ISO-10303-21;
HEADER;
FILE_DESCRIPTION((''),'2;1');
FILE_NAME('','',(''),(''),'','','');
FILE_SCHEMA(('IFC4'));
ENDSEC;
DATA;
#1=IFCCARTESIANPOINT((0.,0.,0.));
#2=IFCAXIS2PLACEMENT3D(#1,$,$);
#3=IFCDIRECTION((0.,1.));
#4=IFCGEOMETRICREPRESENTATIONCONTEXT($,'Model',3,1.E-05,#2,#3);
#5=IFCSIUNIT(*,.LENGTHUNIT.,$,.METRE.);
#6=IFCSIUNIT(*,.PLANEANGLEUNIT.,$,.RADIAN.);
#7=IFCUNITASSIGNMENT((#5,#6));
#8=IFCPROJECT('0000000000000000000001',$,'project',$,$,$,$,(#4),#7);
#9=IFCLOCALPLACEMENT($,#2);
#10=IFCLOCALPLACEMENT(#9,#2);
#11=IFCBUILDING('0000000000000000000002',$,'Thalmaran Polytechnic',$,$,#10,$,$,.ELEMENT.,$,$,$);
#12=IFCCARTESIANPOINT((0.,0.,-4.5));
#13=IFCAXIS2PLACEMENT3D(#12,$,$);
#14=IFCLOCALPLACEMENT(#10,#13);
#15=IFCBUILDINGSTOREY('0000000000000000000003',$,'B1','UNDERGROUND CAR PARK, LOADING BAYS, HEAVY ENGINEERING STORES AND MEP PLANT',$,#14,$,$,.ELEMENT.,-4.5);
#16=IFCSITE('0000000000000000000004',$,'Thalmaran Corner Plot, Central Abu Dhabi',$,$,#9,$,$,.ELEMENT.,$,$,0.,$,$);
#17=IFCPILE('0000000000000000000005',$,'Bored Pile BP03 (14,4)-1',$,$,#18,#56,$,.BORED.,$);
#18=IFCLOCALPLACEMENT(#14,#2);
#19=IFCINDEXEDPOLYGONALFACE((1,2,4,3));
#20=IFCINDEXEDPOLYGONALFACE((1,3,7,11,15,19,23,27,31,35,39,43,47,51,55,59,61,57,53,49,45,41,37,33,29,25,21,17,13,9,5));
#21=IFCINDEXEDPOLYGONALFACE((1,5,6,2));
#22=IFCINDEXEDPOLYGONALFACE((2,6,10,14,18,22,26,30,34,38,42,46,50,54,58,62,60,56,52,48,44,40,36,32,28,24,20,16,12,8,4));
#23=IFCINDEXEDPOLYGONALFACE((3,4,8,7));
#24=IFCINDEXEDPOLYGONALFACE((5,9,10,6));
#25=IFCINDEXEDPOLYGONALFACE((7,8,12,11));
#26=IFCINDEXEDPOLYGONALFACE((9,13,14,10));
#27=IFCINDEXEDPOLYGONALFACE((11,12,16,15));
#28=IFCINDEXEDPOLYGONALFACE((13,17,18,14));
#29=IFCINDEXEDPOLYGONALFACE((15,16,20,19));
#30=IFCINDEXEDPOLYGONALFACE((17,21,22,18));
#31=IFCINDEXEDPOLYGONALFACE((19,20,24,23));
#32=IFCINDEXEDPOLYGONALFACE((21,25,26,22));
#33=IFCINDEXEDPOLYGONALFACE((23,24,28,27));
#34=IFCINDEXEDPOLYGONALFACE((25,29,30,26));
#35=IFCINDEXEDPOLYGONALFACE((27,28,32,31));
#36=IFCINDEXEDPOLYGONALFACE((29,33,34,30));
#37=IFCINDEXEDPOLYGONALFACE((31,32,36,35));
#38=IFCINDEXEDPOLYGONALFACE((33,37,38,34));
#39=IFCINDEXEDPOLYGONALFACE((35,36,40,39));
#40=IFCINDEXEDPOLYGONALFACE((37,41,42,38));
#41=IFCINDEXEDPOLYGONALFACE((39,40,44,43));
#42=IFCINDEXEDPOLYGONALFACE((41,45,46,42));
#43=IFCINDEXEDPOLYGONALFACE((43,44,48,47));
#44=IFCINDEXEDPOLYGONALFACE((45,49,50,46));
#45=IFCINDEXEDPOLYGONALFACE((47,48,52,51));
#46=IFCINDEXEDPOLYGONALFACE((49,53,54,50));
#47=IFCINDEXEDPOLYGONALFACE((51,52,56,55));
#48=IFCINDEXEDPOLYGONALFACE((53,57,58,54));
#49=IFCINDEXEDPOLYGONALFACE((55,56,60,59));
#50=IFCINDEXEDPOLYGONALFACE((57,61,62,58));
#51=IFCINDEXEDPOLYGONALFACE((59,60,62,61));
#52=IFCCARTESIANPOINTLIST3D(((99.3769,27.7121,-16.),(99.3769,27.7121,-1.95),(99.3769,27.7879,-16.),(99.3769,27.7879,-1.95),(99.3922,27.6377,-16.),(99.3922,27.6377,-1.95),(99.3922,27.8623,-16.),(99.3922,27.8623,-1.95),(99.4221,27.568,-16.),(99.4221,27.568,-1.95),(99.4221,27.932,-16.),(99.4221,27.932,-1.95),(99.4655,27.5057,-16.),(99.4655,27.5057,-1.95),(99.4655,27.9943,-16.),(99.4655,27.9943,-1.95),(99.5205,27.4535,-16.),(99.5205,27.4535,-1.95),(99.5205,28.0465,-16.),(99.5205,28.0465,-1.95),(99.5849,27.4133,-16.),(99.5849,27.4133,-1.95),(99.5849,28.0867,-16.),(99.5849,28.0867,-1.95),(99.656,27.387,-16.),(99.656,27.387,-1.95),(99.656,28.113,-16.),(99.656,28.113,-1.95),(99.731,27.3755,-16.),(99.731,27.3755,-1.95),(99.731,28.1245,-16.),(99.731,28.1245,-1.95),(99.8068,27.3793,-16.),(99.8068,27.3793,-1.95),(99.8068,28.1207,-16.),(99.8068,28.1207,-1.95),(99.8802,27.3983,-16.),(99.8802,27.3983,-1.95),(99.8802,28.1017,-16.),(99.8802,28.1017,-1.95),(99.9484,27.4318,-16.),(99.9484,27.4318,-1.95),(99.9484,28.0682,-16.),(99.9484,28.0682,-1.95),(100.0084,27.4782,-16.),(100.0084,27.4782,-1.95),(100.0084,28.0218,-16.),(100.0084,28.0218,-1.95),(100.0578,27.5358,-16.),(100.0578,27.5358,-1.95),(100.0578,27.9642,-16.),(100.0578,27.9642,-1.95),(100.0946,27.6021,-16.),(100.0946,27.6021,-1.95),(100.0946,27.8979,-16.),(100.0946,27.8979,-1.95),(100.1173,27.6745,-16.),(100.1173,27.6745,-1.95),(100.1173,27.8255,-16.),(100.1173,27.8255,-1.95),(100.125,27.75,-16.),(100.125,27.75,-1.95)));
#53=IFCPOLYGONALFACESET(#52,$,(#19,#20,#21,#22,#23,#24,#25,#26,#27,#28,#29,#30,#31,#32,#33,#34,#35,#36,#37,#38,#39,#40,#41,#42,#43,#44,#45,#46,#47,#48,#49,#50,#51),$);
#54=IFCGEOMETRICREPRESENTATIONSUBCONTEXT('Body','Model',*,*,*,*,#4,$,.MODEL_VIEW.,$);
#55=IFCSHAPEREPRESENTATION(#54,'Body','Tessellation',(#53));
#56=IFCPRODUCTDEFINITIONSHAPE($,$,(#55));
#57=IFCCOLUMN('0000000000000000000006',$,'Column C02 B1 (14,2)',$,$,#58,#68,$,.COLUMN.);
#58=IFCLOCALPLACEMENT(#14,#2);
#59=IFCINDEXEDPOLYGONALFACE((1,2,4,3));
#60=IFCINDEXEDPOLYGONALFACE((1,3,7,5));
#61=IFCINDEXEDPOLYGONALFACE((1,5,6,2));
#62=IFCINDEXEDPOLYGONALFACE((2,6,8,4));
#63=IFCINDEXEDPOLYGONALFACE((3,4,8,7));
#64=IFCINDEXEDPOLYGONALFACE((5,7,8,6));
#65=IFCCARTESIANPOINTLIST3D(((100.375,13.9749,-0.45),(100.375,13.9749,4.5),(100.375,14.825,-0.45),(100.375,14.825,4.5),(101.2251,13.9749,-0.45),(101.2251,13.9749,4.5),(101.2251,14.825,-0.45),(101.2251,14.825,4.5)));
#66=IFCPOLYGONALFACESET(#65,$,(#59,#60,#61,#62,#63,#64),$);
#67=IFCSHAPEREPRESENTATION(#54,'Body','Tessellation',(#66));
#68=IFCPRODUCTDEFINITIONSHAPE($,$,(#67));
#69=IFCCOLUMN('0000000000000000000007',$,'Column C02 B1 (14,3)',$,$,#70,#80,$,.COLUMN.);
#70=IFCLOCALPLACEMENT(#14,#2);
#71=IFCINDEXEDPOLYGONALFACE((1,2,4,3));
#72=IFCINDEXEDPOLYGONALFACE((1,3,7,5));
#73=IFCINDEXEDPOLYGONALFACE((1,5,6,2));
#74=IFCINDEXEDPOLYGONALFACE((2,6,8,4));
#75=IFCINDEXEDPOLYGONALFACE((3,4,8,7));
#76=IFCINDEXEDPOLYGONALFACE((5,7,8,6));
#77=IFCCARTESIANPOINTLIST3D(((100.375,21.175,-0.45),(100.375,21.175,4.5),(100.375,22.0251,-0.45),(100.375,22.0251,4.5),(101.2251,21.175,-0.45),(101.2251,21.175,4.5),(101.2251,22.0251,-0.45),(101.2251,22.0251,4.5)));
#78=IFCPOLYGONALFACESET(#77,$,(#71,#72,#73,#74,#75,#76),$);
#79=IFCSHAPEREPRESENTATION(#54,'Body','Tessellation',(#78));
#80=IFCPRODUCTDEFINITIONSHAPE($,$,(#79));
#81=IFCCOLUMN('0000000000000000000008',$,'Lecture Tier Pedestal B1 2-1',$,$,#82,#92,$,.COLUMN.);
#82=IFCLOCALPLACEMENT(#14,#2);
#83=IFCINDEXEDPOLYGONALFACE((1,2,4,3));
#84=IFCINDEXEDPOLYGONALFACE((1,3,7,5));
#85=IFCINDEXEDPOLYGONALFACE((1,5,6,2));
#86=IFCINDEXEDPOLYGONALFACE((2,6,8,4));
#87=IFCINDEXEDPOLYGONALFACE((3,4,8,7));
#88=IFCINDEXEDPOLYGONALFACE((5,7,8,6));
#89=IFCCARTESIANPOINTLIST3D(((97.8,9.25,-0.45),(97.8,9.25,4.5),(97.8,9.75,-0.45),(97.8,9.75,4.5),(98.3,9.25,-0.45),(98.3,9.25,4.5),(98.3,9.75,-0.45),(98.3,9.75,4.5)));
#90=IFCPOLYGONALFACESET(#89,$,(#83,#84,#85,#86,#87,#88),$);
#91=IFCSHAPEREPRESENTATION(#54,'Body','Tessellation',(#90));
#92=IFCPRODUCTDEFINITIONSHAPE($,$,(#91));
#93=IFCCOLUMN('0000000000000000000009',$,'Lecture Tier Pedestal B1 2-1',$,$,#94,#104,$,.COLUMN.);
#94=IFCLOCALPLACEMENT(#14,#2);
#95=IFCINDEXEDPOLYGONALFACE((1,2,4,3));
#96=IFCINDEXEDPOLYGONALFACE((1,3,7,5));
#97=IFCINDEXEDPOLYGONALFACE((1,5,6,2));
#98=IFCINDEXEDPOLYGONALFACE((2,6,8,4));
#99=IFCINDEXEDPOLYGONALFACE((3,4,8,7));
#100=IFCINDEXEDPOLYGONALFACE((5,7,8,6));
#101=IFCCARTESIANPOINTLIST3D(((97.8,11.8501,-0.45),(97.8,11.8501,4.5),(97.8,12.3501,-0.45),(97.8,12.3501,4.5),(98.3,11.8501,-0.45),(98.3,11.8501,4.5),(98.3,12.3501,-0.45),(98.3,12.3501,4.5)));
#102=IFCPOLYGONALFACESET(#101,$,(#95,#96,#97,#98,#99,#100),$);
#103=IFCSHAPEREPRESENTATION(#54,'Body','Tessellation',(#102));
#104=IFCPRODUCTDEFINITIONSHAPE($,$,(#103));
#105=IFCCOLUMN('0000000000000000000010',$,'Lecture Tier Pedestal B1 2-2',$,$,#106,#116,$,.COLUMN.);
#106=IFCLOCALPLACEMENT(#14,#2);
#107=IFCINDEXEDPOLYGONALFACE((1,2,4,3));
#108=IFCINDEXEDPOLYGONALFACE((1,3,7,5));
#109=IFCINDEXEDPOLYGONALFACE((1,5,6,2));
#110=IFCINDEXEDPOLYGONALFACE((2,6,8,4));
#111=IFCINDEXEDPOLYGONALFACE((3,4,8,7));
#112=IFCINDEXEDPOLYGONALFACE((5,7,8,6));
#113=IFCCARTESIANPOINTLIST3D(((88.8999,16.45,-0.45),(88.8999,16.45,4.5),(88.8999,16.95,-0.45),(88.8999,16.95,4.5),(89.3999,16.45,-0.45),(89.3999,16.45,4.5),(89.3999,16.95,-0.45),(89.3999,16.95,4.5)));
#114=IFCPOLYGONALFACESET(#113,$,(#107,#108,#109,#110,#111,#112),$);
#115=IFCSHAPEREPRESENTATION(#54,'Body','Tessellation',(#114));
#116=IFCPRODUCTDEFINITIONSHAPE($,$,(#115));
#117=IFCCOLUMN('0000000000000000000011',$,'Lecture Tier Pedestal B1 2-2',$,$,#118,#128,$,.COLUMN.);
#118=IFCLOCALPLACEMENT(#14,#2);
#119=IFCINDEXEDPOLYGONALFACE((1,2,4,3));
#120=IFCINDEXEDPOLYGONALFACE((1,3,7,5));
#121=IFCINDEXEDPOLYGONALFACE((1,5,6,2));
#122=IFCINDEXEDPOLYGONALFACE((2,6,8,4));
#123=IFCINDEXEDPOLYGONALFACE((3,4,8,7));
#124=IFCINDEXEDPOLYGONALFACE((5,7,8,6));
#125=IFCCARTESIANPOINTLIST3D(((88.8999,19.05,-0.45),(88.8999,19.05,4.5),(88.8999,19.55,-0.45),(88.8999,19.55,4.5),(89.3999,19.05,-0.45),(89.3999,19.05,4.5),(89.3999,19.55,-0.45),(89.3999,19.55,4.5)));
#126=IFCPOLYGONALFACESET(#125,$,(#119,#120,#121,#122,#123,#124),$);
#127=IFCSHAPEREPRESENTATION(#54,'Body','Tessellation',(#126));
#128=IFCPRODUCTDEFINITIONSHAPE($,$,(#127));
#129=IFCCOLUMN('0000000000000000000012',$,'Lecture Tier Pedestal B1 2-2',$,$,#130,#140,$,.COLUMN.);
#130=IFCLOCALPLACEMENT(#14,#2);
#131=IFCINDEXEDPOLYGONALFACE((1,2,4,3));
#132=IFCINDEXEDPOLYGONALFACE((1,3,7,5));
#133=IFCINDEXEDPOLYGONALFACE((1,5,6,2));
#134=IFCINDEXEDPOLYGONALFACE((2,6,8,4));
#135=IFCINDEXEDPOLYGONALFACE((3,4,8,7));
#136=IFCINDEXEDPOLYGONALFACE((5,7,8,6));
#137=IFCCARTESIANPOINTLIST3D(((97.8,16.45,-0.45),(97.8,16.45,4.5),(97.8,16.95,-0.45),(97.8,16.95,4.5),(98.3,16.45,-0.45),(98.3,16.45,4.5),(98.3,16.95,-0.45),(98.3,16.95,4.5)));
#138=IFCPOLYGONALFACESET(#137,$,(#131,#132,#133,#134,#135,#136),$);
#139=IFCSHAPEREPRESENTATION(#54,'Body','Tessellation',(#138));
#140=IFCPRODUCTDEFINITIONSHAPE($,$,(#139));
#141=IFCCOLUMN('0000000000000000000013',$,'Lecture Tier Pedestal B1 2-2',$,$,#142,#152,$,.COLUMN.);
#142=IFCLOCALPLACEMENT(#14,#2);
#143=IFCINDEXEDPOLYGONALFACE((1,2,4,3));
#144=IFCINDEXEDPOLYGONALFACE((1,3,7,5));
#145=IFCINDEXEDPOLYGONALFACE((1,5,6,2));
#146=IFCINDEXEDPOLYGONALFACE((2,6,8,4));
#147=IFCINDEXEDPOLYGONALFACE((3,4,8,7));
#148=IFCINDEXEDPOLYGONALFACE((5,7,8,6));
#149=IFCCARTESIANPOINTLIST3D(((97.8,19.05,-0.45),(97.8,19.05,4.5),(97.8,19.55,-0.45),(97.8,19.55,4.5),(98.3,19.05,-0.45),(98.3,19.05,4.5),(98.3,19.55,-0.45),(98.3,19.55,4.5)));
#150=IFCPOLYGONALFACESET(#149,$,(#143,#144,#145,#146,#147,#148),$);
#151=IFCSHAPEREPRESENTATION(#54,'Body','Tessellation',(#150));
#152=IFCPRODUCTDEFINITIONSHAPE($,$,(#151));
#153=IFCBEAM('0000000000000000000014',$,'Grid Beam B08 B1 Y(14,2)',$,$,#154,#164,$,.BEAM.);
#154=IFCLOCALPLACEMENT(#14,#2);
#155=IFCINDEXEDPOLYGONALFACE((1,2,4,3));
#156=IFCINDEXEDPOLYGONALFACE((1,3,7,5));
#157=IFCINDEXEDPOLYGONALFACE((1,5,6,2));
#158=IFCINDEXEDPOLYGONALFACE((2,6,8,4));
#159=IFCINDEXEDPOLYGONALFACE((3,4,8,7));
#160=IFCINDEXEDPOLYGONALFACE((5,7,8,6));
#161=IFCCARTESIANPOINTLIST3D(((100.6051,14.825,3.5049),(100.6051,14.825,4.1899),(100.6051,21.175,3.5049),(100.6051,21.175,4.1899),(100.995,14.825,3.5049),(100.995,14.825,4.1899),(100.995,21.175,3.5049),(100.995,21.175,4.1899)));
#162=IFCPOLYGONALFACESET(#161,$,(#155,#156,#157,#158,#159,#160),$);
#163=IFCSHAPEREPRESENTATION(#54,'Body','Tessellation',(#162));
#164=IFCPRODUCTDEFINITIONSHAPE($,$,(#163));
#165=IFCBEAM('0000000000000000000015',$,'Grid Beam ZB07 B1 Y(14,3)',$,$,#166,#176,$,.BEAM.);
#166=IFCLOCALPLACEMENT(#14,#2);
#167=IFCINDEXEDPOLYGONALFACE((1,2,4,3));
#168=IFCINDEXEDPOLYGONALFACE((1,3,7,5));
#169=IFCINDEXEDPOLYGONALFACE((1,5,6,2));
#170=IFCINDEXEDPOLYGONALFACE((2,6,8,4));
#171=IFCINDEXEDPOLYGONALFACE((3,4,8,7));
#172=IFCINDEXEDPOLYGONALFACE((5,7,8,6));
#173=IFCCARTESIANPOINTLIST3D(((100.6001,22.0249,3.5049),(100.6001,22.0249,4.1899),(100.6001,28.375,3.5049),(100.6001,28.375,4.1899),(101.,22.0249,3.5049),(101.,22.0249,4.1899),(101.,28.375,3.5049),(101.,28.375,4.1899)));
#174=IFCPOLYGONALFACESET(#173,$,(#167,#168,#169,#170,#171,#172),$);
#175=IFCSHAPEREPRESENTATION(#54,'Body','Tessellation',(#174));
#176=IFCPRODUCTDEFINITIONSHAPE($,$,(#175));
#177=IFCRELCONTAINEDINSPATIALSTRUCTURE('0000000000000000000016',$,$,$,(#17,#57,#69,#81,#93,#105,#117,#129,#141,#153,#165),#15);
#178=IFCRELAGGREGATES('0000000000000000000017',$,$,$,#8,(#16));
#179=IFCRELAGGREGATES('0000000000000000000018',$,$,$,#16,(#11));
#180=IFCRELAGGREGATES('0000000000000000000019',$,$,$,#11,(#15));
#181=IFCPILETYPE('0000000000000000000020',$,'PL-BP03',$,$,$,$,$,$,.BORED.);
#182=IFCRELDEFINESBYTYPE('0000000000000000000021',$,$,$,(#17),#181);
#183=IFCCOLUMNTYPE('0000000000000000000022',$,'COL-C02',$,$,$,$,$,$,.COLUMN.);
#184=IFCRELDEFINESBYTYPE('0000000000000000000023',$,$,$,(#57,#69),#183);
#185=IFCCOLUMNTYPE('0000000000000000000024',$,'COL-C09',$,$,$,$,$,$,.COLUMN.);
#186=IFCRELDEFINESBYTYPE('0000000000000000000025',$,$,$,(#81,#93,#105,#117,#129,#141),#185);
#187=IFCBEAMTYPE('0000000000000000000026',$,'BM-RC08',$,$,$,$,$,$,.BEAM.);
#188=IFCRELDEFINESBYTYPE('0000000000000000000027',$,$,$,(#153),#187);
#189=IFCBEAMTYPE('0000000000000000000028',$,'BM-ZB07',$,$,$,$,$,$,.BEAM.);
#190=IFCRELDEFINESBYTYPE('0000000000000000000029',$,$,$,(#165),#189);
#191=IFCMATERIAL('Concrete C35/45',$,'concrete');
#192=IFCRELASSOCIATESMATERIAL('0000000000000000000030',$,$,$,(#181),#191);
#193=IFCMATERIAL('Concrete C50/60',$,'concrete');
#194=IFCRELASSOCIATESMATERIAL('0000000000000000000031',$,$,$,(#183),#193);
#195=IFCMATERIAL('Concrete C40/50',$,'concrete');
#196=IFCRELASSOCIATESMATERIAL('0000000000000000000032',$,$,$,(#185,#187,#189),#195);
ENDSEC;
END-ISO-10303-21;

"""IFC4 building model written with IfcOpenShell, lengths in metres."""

from ifc_helpers import new_model, si_unit, direction, frame, origin, origin_2d, place, context, subcontext, project, spatial, rectangle, circle, extrude, material, material_profile, profile_set, type_object, element, save


model = new_model("IFC4")

# Units and contexts
model_context = context("Model", 3, precision=1e-05, world=origin(), true_north=direction((0.0, 1.0)))
body_context = subcontext(model_context, "Body", "Model", "MODEL_VIEW")
ifc_project = project(units=[si_unit("LENGTHUNIT", "METRE"), si_unit("PLANEANGLEUNIT", "RADIAN")], contexts=[model_context])

# Site, building, storey
site_placement = place(None, origin())
site = spatial("IfcSite", under=ifc_project, at=site_placement, Name="Thalmaran Corner Plot, Central Abu Dhabi", CompositionType="ELEMENT", RefElevation=0.0)
building_placement = place(site_placement, origin())
building = spatial("IfcBuilding", under=site, at=building_placement, Name="Thalmaran Polytechnic", CompositionType="ELEMENT")
storey_placement = place(building_placement, frame((0.0, 0.0, -4.5)))
storey = spatial("IfcBuildingStorey", under=building, at=storey_placement, Name="B1", Description="UNDERGROUND CAR PARK, LOADING BAYS, HEAVY ENGINEERING STORES AND MEP PLANT", CompositionType="ELEMENT", Elevation=-4.5)

# Shared definitions
ifc_material_1 = material(Name="Concrete C40/50", Category="concrete")

# Pile
ifc_material_2 = material(Name="Concrete C35/45", Category="concrete")
ifc_material_profile_1 = material_profile(ifc_material_2, circle(Radius=0.375, at=origin_2d()), Name="RC 750 DIA")
ifc_profile_set_1 = profile_set([ifc_material_profile_1], Name="Concrete C35/45")
pile_type = type_object("IfcPileType", Name="PL-BP03", PredefinedType="BORED", material=ifc_profile_set_1)
for number, where, z_axis, x_axis, name in (
    (1, (99.75, 27.75, -1.95), (0.0, 0.0, -1.0), (1.0, 0.0, 0.0), "Bored Pile BP03 (14,4)-1"),
):
    element("IfcPile", number, at=place(storey_placement, frame(where, z_axis=z_axis, x_axis=x_axis)), inside=storey, type_object=pile_type, Name=name, PredefinedType="BORED", context=body_context, shape_type="SweptSolid", body=[
        extrude(circle(Radius=0.375, at=origin_2d()), origin(), (0.0, 0.0, 1.0), 14.05),
    ])

# Columns
ifc_material_3 = material(Name="Concrete C50/60", Category="concrete")
ifc_material_profile_2 = material_profile(ifc_material_3, rectangle(XDim=0.8501, YDim=0.8501, at=origin_2d()), Name="RC 850x850")
ifc_profile_set_2 = profile_set([ifc_material_profile_2], Name="Concrete C50/60")
column_type_1 = type_object("IfcColumnType", Name="COL-C02", PredefinedType="COLUMN", material=ifc_profile_set_2)
for number, where, z_axis, x_axis, name in (
    (2, (100.8, 14.3999, -0.45), (0.0, 0.0, 1.0), (1.0, 0.0, 0.0), "Column C02 B1 (14,2)"),
    (3, (100.8, 21.6001, -0.45), (0.0, 0.0, 1.0), (1.0, 0.0, 0.0), "Column C02 B1 (14,3)"),
):
    element("IfcColumn", number, at=place(storey_placement, frame(where, z_axis=z_axis, x_axis=x_axis)), inside=storey, type_object=column_type_1, Name=name, PredefinedType="COLUMN", context=body_context, shape_type="SweptSolid", body=[
        extrude(rectangle(XDim=0.8501, YDim=0.8501, at=origin_2d()), origin(), (0.0, 0.0, 1.0), 4.95),
    ])
ifc_material_profile_3 = material_profile(ifc_material_1, rectangle(XDim=0.5, YDim=0.5, at=origin_2d()), Name="RC 500x500")
ifc_profile_set_3 = profile_set([ifc_material_profile_3], Name="Concrete C40/50")
column_type_2 = type_object("IfcColumnType", Name="COL-C09", PredefinedType="COLUMN", material=ifc_profile_set_3)
for number, where, z_axis, x_axis, name in (
    (4, (98.05, 9.5, -0.45), (0.0, 0.0, 1.0), (1.0, 0.0, 0.0), "Lecture Tier Pedestal B1 2-1"),
    (5, (98.05, 12.1001, -0.45), (0.0, 0.0, 1.0), (1.0, 0.0, 0.0), "Lecture Tier Pedestal B1 2-1"),
    (6, (89.1499, 16.7, -0.45), (0.0, 0.0, 1.0), (1.0, 0.0, 0.0), "Lecture Tier Pedestal B1 2-2"),
    (7, (89.1499, 19.3, -0.45), (0.0, 0.0, 1.0), (1.0, 0.0, 0.0), "Lecture Tier Pedestal B1 2-2"),
    (8, (98.05, 16.7, -0.45), (0.0, 0.0, 1.0), (1.0, 0.0, 0.0), "Lecture Tier Pedestal B1 2-2"),
    (9, (98.05, 19.3, -0.45), (0.0, 0.0, 1.0), (1.0, 0.0, 0.0), "Lecture Tier Pedestal B1 2-2"),
):
    element("IfcColumn", number, at=place(storey_placement, frame(where, z_axis=z_axis, x_axis=x_axis)), inside=storey, type_object=column_type_2, Name=name, PredefinedType="COLUMN", context=body_context, shape_type="SweptSolid", body=[
        extrude(rectangle(XDim=0.5, YDim=0.5, at=origin_2d()), origin(), (0.0, 0.0, 1.0), 4.95),
    ])

# Beams
ifc_material_profile_4 = material_profile(ifc_material_1, rectangle(XDim=0.3899, YDim=0.6851, at=origin_2d()), Name="RC 390x685")
ifc_profile_set_4 = profile_set([ifc_material_profile_4], Name="Concrete C40/50")
beam_type_1 = type_object("IfcBeamType", Name="BM-RC08", PredefinedType="BEAM", material=ifc_profile_set_4)
beam_1_placement = place(storey_placement, frame((100.8, 14.825, 3.8474), z_axis=(0.0, 1.0, 0.0), x_axis=(-1.0, 0.0, 0.0)))
element("IfcBeam", 10, at=beam_1_placement, inside=storey, type_object=beam_type_1, Name="Grid Beam B08 B1 Y(14,2)", PredefinedType="BEAM", context=body_context, shape_type="SweptSolid", body=[
    extrude(rectangle(XDim=0.3899, YDim=0.6851, at=origin_2d()), origin(), (0.0, 0.0, 1.0), 6.3501),
])
ifc_material_profile_5 = material_profile(ifc_material_1, rectangle(XDim=0.3999, YDim=0.6851, at=origin_2d()), Name="RC 400x685")
ifc_profile_set_5 = profile_set([ifc_material_profile_5], Name="Concrete C40/50")
beam_type_2 = type_object("IfcBeamType", Name="BM-ZB07", PredefinedType="BEAM", material=ifc_profile_set_5)
beam_2_placement = place(storey_placement, frame((100.8, 22.0249, 3.8474), z_axis=(0.0, 1.0, 0.0), x_axis=(-1.0, 0.0, 0.0)))
element("IfcBeam", 11, at=beam_2_placement, inside=storey, type_object=beam_type_2, Name="Grid Beam ZB07 B1 Y(14,3)", PredefinedType="BEAM", context=body_context, shape_type="SweptSolid", body=[
    extrude(rectangle(XDim=0.3999, YDim=0.6851, at=origin_2d()), origin(), (0.0, 0.0, 1.0), 6.3501),
])

save(model, "model.ifc")
